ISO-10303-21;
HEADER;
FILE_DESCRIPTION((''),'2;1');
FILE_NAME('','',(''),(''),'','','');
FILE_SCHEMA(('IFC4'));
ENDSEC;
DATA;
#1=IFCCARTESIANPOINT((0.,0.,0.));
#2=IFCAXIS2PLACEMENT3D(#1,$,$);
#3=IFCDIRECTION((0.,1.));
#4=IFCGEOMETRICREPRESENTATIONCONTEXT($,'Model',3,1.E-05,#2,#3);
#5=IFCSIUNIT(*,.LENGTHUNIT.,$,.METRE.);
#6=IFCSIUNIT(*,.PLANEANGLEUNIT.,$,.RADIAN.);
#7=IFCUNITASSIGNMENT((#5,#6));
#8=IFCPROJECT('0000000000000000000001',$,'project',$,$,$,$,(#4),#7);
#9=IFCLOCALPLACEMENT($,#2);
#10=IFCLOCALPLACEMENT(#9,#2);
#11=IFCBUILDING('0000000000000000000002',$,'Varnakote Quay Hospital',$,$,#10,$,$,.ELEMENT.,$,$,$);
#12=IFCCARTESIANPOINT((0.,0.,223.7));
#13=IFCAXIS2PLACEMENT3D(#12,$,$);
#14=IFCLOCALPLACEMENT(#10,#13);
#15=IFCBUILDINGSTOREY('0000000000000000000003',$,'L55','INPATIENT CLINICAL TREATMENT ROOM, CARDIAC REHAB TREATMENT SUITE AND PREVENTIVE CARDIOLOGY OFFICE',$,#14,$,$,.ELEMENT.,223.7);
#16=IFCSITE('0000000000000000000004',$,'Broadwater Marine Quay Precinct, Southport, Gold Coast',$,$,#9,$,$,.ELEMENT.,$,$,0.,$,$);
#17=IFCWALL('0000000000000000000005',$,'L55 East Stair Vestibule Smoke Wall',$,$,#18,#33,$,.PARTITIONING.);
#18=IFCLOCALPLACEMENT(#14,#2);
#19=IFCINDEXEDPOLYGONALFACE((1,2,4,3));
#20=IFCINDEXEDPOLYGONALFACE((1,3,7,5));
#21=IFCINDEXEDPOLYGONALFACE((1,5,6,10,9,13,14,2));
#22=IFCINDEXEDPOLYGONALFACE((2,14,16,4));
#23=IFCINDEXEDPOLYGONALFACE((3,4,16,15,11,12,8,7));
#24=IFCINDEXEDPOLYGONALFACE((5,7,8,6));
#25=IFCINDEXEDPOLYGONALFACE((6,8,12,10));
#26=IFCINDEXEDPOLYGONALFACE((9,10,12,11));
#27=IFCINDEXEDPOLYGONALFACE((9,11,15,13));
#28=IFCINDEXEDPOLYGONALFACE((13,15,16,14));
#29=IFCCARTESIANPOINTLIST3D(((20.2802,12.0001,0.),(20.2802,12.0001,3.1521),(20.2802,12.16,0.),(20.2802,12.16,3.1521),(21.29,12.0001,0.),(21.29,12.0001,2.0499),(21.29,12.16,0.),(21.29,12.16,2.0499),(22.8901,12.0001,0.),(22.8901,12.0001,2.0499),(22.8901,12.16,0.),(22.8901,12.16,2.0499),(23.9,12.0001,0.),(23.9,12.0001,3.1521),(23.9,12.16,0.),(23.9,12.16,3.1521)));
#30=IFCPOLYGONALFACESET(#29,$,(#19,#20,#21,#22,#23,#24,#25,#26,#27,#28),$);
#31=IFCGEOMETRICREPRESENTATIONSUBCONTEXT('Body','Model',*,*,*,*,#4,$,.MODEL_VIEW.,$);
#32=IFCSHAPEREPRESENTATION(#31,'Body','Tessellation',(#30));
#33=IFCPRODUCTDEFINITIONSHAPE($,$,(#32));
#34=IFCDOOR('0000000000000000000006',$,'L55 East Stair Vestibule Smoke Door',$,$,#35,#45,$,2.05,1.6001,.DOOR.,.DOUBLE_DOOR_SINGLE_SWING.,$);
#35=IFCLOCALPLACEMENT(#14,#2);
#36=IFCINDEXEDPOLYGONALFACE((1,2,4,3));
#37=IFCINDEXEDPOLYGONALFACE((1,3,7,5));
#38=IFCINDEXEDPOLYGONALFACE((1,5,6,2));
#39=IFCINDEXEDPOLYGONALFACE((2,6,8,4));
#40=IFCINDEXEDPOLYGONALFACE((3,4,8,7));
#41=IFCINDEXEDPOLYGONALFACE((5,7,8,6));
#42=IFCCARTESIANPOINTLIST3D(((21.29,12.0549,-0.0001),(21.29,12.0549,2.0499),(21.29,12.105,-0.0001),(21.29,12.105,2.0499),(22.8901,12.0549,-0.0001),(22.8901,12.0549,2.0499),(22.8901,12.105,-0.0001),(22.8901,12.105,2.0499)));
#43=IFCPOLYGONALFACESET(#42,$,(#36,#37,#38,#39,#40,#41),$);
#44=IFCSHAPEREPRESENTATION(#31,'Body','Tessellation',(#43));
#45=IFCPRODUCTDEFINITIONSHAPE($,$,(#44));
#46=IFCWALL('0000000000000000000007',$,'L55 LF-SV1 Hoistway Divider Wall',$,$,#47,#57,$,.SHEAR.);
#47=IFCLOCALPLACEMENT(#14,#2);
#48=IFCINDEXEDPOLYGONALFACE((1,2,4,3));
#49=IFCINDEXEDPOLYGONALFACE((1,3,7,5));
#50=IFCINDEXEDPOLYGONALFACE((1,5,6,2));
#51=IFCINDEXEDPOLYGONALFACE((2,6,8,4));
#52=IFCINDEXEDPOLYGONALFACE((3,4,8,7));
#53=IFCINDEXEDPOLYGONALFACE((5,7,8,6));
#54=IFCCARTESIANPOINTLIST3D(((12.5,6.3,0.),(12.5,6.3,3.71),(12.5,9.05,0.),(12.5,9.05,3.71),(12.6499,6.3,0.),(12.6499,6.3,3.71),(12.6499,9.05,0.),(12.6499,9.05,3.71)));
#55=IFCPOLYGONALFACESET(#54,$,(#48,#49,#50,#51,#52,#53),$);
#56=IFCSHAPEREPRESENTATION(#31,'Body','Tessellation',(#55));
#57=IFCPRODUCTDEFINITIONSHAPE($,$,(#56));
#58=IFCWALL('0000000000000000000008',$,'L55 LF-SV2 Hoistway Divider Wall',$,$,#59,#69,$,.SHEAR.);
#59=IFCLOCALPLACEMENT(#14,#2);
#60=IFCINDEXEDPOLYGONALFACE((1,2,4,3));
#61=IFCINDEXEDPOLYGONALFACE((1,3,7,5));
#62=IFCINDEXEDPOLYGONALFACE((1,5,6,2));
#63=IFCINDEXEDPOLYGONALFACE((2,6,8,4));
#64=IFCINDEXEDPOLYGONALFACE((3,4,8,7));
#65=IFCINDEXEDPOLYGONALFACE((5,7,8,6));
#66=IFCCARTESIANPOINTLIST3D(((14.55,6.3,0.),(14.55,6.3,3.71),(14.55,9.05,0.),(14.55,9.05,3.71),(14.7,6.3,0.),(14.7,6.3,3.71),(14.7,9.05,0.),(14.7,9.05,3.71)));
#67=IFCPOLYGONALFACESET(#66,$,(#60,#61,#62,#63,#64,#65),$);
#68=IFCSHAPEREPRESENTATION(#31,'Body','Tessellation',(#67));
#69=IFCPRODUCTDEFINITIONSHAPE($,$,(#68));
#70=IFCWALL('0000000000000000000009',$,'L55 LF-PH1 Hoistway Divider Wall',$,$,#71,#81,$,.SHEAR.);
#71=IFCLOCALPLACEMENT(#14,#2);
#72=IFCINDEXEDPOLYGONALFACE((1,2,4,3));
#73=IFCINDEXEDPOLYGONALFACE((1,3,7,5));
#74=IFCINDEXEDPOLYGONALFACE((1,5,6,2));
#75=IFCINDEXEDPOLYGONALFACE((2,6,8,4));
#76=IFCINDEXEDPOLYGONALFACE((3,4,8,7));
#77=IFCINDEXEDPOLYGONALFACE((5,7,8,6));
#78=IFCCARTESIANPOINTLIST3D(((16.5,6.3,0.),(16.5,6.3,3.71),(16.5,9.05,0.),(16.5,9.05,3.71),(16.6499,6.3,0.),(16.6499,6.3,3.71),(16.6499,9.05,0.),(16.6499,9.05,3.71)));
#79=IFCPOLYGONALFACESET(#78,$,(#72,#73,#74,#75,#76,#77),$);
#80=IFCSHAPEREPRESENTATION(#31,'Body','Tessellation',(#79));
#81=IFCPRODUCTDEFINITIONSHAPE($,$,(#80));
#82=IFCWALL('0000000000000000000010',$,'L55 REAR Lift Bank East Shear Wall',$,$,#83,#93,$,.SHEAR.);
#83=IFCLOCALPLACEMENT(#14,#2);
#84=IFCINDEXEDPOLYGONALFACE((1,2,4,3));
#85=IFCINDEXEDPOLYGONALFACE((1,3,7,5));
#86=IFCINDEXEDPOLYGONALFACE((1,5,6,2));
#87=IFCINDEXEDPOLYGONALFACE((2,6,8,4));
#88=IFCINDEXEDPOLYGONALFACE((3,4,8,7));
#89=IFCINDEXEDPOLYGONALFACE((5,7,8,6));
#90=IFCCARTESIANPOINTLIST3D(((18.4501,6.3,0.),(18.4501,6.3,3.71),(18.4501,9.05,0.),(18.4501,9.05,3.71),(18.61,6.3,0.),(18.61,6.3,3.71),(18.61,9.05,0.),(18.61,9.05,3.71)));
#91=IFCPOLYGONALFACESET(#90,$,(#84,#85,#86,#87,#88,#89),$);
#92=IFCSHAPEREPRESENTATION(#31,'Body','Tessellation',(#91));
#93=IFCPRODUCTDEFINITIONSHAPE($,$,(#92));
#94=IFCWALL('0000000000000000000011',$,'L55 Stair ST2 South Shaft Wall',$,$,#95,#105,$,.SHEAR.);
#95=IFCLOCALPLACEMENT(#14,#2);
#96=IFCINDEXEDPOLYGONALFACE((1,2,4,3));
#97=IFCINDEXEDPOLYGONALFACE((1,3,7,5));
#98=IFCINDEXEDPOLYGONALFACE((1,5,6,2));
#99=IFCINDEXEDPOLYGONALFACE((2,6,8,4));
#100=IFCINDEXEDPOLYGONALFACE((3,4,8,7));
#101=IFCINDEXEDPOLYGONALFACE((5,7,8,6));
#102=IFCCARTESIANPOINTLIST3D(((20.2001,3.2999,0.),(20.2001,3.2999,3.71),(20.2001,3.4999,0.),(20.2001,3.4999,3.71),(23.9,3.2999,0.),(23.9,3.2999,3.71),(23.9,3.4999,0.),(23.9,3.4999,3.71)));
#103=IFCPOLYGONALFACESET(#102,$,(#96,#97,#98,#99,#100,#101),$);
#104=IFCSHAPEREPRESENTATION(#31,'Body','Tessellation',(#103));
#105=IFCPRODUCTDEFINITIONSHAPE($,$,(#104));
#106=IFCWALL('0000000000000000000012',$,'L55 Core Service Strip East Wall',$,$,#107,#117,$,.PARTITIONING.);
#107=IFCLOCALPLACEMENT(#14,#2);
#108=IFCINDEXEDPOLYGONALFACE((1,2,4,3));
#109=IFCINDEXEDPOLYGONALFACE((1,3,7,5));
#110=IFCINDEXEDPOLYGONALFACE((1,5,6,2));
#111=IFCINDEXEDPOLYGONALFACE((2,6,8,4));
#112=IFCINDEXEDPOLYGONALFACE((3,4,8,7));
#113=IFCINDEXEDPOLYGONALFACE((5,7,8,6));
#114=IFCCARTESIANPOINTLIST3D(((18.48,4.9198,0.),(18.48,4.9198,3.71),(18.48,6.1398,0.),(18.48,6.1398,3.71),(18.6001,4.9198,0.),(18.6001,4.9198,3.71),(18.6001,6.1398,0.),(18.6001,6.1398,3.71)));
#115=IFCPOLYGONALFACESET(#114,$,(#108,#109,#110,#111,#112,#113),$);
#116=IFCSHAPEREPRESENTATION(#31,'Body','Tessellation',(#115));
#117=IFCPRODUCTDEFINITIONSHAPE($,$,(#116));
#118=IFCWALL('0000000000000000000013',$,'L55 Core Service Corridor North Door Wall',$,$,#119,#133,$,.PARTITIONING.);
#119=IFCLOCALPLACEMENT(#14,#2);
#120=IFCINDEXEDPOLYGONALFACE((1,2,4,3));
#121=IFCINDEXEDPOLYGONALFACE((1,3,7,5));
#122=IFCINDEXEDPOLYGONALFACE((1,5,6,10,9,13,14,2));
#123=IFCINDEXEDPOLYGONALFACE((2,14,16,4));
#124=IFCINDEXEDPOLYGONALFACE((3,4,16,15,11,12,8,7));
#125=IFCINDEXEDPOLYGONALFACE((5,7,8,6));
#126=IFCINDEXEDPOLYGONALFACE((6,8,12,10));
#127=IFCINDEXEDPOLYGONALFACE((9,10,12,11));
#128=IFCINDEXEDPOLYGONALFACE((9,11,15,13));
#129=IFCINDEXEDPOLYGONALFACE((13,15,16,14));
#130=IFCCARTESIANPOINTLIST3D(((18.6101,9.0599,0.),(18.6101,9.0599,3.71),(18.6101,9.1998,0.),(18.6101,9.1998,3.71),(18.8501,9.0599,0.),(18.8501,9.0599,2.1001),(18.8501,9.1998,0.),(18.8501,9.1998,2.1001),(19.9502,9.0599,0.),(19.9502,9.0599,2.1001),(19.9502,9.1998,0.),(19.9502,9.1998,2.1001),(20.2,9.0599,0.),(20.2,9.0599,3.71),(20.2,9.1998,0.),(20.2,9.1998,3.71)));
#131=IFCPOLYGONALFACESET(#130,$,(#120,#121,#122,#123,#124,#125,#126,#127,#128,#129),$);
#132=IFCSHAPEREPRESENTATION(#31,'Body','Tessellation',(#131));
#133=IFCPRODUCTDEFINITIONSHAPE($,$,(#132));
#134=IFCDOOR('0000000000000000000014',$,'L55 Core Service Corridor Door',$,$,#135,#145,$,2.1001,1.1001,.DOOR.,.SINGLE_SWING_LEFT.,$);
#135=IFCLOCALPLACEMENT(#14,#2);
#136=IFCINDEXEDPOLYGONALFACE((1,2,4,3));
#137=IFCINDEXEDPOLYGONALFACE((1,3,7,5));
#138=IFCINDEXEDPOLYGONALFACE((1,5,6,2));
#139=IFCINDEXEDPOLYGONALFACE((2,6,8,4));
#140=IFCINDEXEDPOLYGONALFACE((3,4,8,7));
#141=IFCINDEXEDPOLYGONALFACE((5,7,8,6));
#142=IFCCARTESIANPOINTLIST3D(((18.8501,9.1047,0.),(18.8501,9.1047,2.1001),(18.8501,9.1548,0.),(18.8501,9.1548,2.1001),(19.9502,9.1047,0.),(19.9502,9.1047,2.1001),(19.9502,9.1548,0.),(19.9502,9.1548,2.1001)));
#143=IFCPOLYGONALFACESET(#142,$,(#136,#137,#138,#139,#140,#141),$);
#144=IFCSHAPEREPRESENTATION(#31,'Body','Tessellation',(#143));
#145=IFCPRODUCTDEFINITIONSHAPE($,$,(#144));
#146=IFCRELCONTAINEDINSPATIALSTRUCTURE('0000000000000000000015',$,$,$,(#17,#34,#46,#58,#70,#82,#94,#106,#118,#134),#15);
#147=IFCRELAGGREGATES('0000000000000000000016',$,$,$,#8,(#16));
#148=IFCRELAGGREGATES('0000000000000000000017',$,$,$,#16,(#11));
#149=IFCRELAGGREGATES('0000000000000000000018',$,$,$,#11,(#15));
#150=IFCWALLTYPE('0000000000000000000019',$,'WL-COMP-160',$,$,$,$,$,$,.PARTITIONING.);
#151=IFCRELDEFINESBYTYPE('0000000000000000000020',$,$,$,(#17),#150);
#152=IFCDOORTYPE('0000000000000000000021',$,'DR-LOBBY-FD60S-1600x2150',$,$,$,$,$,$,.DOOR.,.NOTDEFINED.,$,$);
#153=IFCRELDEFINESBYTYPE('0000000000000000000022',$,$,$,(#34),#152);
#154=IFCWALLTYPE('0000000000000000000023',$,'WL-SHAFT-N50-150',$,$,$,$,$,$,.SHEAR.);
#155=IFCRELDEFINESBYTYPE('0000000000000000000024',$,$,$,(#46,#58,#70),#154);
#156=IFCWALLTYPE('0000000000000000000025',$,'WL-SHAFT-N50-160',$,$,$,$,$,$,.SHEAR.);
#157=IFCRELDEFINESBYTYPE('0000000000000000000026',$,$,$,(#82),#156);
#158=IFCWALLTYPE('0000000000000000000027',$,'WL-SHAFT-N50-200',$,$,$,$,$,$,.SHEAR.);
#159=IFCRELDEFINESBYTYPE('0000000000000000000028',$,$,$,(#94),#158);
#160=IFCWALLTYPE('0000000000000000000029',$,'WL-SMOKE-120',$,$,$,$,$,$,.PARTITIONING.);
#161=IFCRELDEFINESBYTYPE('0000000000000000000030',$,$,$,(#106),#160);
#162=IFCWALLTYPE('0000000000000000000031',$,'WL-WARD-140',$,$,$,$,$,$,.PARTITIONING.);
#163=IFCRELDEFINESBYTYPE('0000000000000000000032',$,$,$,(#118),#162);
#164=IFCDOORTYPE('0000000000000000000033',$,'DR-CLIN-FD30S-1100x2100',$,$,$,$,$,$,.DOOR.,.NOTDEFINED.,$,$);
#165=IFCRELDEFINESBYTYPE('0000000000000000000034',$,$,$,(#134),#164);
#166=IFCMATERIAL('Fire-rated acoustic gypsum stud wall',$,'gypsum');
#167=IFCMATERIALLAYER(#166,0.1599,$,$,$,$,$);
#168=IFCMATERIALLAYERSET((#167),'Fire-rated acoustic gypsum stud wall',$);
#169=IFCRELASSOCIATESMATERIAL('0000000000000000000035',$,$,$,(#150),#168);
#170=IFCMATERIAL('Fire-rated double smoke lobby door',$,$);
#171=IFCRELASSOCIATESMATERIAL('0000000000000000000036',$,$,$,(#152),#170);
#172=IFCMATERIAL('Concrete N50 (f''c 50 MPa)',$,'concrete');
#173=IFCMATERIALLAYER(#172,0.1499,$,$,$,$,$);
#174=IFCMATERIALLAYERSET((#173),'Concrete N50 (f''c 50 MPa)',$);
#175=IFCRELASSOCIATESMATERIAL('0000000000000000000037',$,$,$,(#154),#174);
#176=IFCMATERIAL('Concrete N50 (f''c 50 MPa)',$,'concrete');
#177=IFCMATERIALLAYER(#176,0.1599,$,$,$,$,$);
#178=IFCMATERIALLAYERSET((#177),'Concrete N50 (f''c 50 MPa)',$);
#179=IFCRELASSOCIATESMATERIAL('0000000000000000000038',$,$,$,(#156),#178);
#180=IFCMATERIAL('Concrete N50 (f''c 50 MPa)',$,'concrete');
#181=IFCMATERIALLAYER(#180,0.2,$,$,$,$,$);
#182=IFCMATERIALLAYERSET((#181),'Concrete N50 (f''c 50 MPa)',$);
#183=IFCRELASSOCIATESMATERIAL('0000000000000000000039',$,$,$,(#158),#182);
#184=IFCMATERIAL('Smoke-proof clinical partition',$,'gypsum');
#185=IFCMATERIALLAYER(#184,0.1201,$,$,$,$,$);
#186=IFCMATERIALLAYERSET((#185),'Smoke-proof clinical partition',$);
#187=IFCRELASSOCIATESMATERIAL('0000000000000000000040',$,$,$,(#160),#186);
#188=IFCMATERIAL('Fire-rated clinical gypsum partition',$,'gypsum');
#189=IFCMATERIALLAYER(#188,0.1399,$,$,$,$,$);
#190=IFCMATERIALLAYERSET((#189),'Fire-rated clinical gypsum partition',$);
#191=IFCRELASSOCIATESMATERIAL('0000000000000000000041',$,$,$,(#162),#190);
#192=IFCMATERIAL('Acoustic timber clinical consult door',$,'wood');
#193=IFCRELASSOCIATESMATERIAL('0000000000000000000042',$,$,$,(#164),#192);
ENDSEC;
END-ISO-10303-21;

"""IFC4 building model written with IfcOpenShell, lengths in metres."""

from ifc_helpers import new_model, si_unit, direction, frame, frame_2d, origin, place, context, subcontext, project, spatial, rectangle, extrude, material, layer, layer_set, type_object, element, fill, save


model = new_model("IFC4")

# Units and contexts
model_context = context("Model", 3, precision=1e-05, world=origin(), true_north=direction((0.0, 1.0)))
body_context = subcontext(model_context, "Body", "Model", "MODEL_VIEW")
ifc_project = project(units=[si_unit("LENGTHUNIT", "METRE"), si_unit("PLANEANGLEUNIT", "RADIAN")], contexts=[model_context])

# Site, building, storey
site_placement = place(None, origin())
site = spatial("IfcSite", under=ifc_project, at=site_placement, Name="Broadwater Marine Quay Precinct, Southport, Gold Coast", CompositionType="ELEMENT", RefElevation=0.0)
building_placement = place(site_placement, origin())
building = spatial("IfcBuilding", under=site, at=building_placement, Name="Varnakote Quay Hospital", CompositionType="ELEMENT")
storey_placement = place(building_placement, frame((0.0, 0.0, 223.7)))
storey = spatial("IfcBuildingStorey", under=building, at=storey_placement, Name="L55", Description="INPATIENT CLINICAL TREATMENT ROOM, CARDIAC REHAB TREATMENT SUITE AND PREVENTIVE CARDIOLOGY OFFICE", CompositionType="ELEMENT", Elevation=223.7)

# Shared definitions
ifc_material_1 = material(Name="Fire-rated acoustic gypsum stud wall", Category="gypsum")
ifc_layer_1 = layer(ifc_material_1, 0.1599)
ifc_layer_set_1 = layer_set([ifc_layer_1], Name="Fire-rated acoustic gypsum stud wall")
wall_type_1 = type_object("IfcWallType", Name="WL-COMP-160", PredefinedType="PARTITIONING", material=ifc_layer_set_1)

# Shared definitions
ifc_material_2 = material(Name="Fire-rated double smoke lobby door")
door_type_1 = type_object("IfcDoorType", Name="DR-LOBBY-FD60S-1600x2150", OperationType="NOTDEFINED", PredefinedType="DOOR", material=ifc_material_2)

# Wall, opening, door
wall_1_placement = place(storey_placement, frame((20.28, 12.0801, 0.0), z_axis=(0.0, 0.0, 1.0), x_axis=(1.0, 0.0, 0.0)))
wall_1 = element("IfcWall", 1, at=wall_1_placement, inside=storey, type_object=wall_type_1, Name="L55 East Stair Vestibule Smoke Wall", PredefinedType="PARTITIONING", context=body_context, shape_type="SweptSolid", body=[
    extrude(rectangle(XDim=3.6199, YDim=0.1599, at=frame_2d((1.8101, 0.0))), origin(), (0.0, 0.0, 1.0), 3.1521),
])
opening_1_placement = place(wall_1_placement, frame((1.01, 0.0, 0.0)))
opening_1 = element("IfcOpeningElement", 2, at=opening_1_placement, cuts=wall_1, PredefinedType="OPENING", context=body_context, shape_type="SweptSolid", body=[
    extrude(rectangle(XDim=1.6001, YDim=2.05, at=frame_2d((0.8, 1.0249))), frame((0.0, 0.0898, 0.0), z_axis=(0.0, -1.0, 0.0), x_axis=(1.0, 0.0, 0.0)), (0.0, 0.0, 1.0), 0.1799),
])
door_1_placement = place(opening_1_placement, origin())
door_1 = element("IfcDoor", 3, at=door_1_placement, inside=storey, type_object=door_type_1, Name="L55 East Stair Vestibule Smoke Door", OperationType="DOUBLE_DOOR_SINGLE_SWING", OverallHeight=2.05, OverallWidth=1.6001, PredefinedType="DOOR", context=body_context, shape_type="SweptSolid", body=[
    extrude(rectangle(XDim=1.6001, YDim=2.05, at=frame_2d((0.8, 1.0249))), frame((0.0, 0.0249, 0.0), z_axis=(0.0, -1.0, 0.0), x_axis=(1.0, 0.0, 0.0)), (0.0, 0.0, 1.0), 0.05),
])
fill(opening_1, door_1)

# Walls
ifc_material_3 = material(Name="Concrete N50 (f'c 50 MPa)", Category="concrete")
ifc_layer_2 = layer(ifc_material_3, 0.1499)
ifc_layer_set_2 = layer_set([ifc_layer_2], Name="Concrete N50 (f'c 50 MPa)")
wall_type_2 = type_object("IfcWallType", Name="WL-SHAFT-N50-150", PredefinedType="SHEAR", material=ifc_layer_set_2)
for number, where, z_axis, x_axis, name in (
    (4, (12.575, 6.3, 0.0), (0.0, 0.0, 1.0), (0.0, 1.0, 0.0), "L55 LF-SV1 Hoistway Divider Wall"),
    (5, (14.625, 6.3, 0.0), (0.0, 0.0, 1.0), (0.0, 1.0, 0.0), "L55 LF-SV2 Hoistway Divider Wall"),
    (6, (16.575, 6.3, 0.0), (0.0, 0.0, 1.0), (0.0, 1.0, 0.0), "L55 LF-PH1 Hoistway Divider Wall"),
):
    element("IfcWall", number, at=place(storey_placement, frame(where, z_axis=z_axis, x_axis=x_axis)), inside=storey, type_object=wall_type_2, Name=name, PredefinedType="SHEAR", context=body_context, shape_type="SweptSolid", body=[
        extrude(rectangle(XDim=2.75, YDim=0.1499, at=frame_2d((1.375, 0.0))), origin(), (0.0, 0.0, 1.0), 3.71),
    ])
ifc_material_4 = material(Name="Concrete N50 (f'c 50 MPa)", Category="concrete")
ifc_layer_3 = layer(ifc_material_4, 0.1599)
ifc_layer_set_3 = layer_set([ifc_layer_3], Name="Concrete N50 (f'c 50 MPa)")
wall_type_3 = type_object("IfcWallType", Name="WL-SHAFT-N50-160", PredefinedType="SHEAR", material=ifc_layer_set_3)
wall_2_placement = place(storey_placement, frame((18.53, 6.3, 0.0), z_axis=(0.0, 0.0, 1.0), x_axis=(0.0, 1.0, 0.0)))
element("IfcWall", 7, at=wall_2_placement, inside=storey, type_object=wall_type_3, Name="L55 REAR Lift Bank East Shear Wall", PredefinedType="SHEAR", context=body_context, shape_type="SweptSolid", body=[
    extrude(rectangle(XDim=2.75, YDim=0.1599, at=frame_2d((1.375, 0.0))), origin(), (0.0, 0.0, 1.0), 3.71),
])

# Wall
ifc_material_5 = material(Name="Concrete N50 (f'c 50 MPa)", Category="concrete")
ifc_layer_4 = layer(ifc_material_5, 0.2)
ifc_layer_set_4 = layer_set([ifc_layer_4], Name="Concrete N50 (f'c 50 MPa)")
wall_type_4 = type_object("IfcWallType", Name="WL-SHAFT-N50-200", PredefinedType="SHEAR", material=ifc_layer_set_4)
wall_3_placement = place(storey_placement, frame((20.2, 3.3999, 0.0), z_axis=(0.0, 0.0, 1.0), x_axis=(1.0, 0.0, 0.0)))
element("IfcWall", 8, at=wall_3_placement, inside=storey, type_object=wall_type_4, Name="L55 Stair ST2 South Shaft Wall", PredefinedType="SHEAR", context=body_context, shape_type="SweptSolid", body=[
    extrude(rectangle(XDim=3.7, YDim=0.2, at=frame_2d((1.8501, 0.0))), origin(), (0.0, 0.0, 1.0), 3.71),
])

# Wall
ifc_material_6 = material(Name="Smoke-proof clinical partition", Category="gypsum")
ifc_layer_5 = layer(ifc_material_6, 0.1201)
ifc_layer_set_5 = layer_set([ifc_layer_5], Name="Smoke-proof clinical partition")
wall_type_5 = type_object("IfcWallType", Name="WL-SMOKE-120", PredefinedType="PARTITIONING", material=ifc_layer_set_5)
wall_4_placement = place(storey_placement, frame((18.54, 4.9199, 0.0), z_axis=(0.0, 0.0, 1.0), x_axis=(0.0, 1.0, 0.0)))
element("IfcWall", 9, at=wall_4_placement, inside=storey, type_object=wall_type_5, Name="L55 Core Service Strip East Wall", PredefinedType="PARTITIONING", context=body_context, shape_type="SweptSolid", body=[
    extrude(rectangle(XDim=1.22, YDim=0.1201, at=frame_2d((0.6099, 0.0))), origin(), (0.0, 0.0, 1.0), 3.71),
])

# Wall, opening, door
ifc_material_7 = material(Name="Fire-rated clinical gypsum partition", Category="gypsum")
ifc_layer_6 = layer(ifc_material_7, 0.1399)
ifc_layer_set_6 = layer_set([ifc_layer_6], Name="Fire-rated clinical gypsum partition")
wall_type_6 = type_object("IfcWallType", Name="WL-WARD-140", PredefinedType="PARTITIONING", material=ifc_layer_set_6)
wall_5_placement = place(storey_placement, frame((18.6101, 9.1299, 0.0), z_axis=(0.0, 0.0, 1.0), x_axis=(1.0, 0.0, 0.0)))
wall_5 = element("IfcWall", 10, at=wall_5_placement, inside=storey, type_object=wall_type_6, Name="L55 Core Service Corridor North Door Wall", PredefinedType="PARTITIONING", context=body_context, shape_type="SweptSolid", body=[
    extrude(rectangle(XDim=1.5898, YDim=0.1399, at=frame_2d((0.7949, 0.0))), origin(), (0.0, 0.0, 1.0), 3.71),
])
opening_2_placement = place(wall_5_placement, frame((0.24, 0.0, 0.0)))
opening_2 = element("IfcOpeningElement", 11, at=opening_2_placement, cuts=wall_5, PredefinedType="OPENING", context=body_context, shape_type="SweptSolid", body=[
    extrude(rectangle(XDim=1.1001, YDim=2.1001, at=frame_2d((0.55, 1.05))), frame((0.0, 0.0798, 0.0), z_axis=(0.0, -1.0, 0.0), x_axis=(1.0, 0.0, 0.0)), (0.0, 0.0, 1.0), 0.1599),
])
ifc_material_8 = material(Name="Acoustic timber clinical consult door", Category="wood")
door_type_2 = type_object("IfcDoorType", Name="DR-CLIN-FD30S-1100x2100", OperationType="NOTDEFINED", PredefinedType="DOOR", material=ifc_material_8)
door_2_placement = place(opening_2_placement, origin())
door_2 = element("IfcDoor", 12, at=door_2_placement, inside=storey, type_object=door_type_2, Name="L55 Core Service Corridor Door", OperationType="SINGLE_SWING_LEFT", OverallHeight=2.1001, OverallWidth=1.1001, PredefinedType="DOOR", context=body_context, shape_type="SweptSolid", body=[
    extrude(rectangle(XDim=1.1001, YDim=2.1001, at=frame_2d((0.55, 1.05))), frame((0.0, 0.0249, 0.0), z_axis=(0.0, -1.0, 0.0), x_axis=(1.0, 0.0, 0.0)), (0.0, 0.0, 1.0), 0.05),
])
fill(opening_2, door_2)

save(model, "model.ifc")
